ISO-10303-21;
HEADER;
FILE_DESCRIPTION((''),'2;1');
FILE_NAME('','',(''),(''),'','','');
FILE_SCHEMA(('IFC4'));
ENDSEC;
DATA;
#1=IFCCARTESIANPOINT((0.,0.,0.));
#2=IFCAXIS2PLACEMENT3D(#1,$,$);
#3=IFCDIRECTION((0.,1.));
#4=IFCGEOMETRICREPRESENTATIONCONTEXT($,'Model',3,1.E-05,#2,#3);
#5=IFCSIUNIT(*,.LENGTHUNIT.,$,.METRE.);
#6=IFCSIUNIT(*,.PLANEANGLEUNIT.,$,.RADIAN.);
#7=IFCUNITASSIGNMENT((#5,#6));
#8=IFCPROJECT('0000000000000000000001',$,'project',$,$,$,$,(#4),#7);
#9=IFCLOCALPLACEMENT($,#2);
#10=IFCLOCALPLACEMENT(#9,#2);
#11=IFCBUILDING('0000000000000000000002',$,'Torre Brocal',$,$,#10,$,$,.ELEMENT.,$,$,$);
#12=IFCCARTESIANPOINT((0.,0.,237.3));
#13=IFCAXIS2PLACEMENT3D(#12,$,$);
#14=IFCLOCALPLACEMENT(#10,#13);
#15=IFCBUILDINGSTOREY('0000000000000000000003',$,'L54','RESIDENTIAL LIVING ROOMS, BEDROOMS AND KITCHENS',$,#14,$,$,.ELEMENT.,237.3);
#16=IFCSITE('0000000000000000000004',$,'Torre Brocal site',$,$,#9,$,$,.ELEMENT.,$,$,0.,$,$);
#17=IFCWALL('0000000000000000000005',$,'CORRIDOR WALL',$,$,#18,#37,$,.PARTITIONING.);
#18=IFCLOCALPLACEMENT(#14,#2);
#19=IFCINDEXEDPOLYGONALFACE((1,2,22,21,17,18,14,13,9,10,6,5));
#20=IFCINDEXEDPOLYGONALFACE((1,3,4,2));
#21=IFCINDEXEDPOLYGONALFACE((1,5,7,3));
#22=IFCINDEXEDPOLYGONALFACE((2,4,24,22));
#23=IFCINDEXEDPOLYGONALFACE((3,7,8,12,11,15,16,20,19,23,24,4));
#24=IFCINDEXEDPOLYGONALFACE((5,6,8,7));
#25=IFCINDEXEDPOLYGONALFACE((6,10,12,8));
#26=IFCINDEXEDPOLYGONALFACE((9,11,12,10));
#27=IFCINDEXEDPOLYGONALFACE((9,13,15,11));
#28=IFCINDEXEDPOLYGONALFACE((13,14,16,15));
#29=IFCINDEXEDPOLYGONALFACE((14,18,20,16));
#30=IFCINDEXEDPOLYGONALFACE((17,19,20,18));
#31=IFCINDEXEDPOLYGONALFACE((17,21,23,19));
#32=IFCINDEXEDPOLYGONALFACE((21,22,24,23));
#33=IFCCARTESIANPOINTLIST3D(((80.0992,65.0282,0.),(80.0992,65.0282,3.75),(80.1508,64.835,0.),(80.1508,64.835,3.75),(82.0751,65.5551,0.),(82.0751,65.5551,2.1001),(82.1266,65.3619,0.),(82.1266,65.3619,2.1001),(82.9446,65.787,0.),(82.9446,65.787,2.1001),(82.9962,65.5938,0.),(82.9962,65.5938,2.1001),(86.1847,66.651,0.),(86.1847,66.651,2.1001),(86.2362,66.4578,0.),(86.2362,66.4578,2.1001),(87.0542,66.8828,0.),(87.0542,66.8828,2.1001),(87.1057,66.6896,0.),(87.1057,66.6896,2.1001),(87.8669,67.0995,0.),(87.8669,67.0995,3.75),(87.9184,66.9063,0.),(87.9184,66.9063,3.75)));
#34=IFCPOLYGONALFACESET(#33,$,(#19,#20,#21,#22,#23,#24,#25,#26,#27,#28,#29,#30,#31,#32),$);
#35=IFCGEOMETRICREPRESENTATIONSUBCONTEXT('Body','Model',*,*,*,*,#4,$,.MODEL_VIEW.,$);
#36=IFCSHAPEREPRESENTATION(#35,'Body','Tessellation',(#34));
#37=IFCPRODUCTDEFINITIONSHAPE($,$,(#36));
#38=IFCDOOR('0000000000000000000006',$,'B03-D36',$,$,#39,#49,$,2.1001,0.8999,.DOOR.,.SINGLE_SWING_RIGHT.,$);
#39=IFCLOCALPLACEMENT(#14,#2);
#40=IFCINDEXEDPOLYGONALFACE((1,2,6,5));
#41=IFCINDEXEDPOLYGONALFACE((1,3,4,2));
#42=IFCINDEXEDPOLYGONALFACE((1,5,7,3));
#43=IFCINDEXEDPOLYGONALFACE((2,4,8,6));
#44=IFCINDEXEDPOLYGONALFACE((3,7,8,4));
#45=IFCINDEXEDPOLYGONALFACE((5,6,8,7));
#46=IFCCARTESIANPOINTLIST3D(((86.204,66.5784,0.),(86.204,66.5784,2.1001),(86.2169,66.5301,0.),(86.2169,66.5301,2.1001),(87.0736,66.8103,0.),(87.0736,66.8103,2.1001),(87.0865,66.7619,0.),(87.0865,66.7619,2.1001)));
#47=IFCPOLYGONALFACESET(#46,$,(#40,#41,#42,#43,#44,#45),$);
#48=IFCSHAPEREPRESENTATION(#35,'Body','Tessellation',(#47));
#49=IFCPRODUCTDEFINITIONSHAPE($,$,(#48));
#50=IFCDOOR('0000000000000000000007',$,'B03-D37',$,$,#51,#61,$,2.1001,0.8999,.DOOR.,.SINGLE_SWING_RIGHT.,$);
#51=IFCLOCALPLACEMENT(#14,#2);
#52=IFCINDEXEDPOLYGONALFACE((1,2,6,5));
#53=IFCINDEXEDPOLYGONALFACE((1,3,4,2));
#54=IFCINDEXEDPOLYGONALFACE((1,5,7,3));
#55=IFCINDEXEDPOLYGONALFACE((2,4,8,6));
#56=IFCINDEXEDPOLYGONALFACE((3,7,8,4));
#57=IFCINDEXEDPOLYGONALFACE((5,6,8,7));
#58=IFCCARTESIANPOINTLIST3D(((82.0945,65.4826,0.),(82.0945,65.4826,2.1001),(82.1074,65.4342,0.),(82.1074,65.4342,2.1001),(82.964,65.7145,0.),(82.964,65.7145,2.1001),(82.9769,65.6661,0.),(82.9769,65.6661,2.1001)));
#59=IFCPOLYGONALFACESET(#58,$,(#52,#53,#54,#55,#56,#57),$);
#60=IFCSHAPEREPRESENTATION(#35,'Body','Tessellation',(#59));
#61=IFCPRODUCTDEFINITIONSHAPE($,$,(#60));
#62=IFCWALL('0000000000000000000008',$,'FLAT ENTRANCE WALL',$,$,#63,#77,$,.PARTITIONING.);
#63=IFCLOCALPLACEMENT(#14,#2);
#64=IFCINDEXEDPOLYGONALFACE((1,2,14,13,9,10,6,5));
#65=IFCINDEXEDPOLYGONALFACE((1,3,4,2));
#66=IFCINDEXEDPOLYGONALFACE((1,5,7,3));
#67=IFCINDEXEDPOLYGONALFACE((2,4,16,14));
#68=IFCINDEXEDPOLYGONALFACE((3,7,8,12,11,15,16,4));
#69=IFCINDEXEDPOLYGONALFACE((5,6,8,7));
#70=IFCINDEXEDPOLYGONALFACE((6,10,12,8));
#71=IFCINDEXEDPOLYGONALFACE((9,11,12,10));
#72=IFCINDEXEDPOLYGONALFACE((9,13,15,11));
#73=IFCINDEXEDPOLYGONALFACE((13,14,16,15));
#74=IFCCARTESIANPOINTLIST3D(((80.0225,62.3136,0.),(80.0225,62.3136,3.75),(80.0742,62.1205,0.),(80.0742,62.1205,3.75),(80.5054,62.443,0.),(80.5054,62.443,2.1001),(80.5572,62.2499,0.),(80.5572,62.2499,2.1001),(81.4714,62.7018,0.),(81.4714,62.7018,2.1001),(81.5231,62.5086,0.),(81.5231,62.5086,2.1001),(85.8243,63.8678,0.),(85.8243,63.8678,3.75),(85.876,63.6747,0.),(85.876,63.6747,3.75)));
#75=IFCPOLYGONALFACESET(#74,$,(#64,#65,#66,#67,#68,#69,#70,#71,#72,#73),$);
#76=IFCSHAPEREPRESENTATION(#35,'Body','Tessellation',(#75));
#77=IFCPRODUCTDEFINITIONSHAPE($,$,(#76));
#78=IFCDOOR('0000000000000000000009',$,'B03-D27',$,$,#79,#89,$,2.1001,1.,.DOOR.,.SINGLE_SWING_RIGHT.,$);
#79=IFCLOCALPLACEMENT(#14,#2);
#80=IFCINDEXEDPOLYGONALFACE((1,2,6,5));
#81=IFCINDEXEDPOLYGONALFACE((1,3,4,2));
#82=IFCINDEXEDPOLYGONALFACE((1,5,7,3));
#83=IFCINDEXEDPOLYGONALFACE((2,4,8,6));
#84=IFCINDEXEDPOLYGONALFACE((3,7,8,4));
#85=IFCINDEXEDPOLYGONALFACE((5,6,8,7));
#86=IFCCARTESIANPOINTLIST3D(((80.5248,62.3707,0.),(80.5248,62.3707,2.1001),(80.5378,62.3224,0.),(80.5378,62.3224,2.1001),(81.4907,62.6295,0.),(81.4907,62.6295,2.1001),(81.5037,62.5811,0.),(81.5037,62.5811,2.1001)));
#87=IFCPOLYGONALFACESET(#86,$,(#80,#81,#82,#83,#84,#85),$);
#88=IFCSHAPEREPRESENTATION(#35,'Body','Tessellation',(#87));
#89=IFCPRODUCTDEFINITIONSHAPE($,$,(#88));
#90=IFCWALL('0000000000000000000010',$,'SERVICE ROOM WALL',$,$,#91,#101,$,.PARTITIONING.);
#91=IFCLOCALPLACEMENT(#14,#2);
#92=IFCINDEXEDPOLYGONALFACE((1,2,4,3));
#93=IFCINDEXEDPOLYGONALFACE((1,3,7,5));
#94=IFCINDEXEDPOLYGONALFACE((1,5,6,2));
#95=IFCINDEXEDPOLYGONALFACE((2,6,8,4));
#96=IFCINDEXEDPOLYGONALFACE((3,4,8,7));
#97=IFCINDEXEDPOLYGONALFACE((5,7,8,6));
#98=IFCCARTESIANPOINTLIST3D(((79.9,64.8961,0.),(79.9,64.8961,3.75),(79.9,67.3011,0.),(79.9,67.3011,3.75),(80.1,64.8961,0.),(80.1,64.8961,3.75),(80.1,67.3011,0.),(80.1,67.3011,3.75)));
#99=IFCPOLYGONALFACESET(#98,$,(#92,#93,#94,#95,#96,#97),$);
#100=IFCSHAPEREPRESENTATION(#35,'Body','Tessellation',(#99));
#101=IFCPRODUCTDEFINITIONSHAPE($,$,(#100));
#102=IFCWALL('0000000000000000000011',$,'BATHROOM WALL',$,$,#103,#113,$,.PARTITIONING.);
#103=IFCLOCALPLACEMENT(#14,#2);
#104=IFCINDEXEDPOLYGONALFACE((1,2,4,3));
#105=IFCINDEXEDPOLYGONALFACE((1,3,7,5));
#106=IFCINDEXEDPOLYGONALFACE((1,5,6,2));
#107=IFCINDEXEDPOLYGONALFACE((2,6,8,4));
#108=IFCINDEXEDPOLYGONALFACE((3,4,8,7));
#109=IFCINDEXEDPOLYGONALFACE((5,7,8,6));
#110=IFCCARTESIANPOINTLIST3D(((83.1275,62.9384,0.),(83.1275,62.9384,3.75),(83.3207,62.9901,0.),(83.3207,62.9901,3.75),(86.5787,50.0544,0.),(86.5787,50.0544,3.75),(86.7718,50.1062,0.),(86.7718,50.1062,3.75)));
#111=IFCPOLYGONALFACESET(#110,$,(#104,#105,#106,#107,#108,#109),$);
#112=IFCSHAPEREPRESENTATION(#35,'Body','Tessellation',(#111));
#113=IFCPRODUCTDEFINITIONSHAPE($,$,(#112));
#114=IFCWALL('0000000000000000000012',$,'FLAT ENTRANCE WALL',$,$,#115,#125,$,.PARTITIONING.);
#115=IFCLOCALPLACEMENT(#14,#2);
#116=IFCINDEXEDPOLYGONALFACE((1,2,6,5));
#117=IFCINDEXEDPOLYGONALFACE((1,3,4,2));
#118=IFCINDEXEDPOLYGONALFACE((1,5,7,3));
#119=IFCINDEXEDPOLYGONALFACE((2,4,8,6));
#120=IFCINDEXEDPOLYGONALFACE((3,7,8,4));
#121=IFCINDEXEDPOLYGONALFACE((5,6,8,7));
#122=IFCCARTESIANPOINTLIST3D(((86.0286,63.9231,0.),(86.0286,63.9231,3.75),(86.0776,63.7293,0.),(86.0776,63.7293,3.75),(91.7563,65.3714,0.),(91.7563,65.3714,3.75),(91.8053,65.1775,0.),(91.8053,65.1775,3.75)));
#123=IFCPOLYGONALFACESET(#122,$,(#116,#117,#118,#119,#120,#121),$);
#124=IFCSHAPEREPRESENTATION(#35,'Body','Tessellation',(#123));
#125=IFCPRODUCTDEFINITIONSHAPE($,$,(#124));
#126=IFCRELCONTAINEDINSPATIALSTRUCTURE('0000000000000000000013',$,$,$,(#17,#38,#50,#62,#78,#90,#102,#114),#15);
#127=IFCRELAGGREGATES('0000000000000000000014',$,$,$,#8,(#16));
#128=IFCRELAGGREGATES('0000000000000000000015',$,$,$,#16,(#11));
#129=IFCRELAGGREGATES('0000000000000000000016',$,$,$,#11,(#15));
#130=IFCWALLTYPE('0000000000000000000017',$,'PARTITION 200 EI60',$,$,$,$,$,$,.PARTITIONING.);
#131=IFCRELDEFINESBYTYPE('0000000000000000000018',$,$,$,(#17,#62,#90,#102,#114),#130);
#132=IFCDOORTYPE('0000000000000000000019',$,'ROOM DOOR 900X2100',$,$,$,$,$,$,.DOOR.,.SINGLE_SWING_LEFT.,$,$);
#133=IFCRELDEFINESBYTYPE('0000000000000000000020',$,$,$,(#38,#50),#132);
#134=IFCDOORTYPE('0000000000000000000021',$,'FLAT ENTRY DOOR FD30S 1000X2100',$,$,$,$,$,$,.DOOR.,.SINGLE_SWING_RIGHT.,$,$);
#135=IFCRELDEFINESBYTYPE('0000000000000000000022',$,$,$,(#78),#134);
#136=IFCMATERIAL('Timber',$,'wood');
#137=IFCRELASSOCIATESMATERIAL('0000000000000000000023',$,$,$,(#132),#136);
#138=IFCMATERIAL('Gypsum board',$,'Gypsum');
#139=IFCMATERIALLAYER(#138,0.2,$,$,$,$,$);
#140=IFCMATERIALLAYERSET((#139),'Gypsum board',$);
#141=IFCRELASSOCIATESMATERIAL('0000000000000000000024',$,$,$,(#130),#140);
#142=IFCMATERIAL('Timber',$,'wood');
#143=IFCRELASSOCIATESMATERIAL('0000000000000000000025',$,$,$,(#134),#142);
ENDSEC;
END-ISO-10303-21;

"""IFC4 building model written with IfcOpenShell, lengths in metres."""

from ifc_helpers import new_model, si_unit, direction, frame, frame_2d, origin, place, context, subcontext, project, spatial, rectangle, extrude, material, layer, layer_set, type_object, element, fill, save


model = new_model("IFC4")

# Units and contexts
model_context = context("Model", 3, precision=1e-05, world=origin(), true_north=direction((0.0, 1.0)))
body_context = subcontext(model_context, "Body", "Model", "MODEL_VIEW")
ifc_project = project(units=[si_unit("LENGTHUNIT", "METRE"), si_unit("PLANEANGLEUNIT", "RADIAN")], contexts=[model_context])

# Site, building, storey
site_placement = place(None, origin())
site = spatial("IfcSite", under=ifc_project, at=site_placement, Name="Torre Brocal site", CompositionType="ELEMENT", RefElevation=0.0)
building_placement = place(site_placement, origin())
building = spatial("IfcBuilding", under=site, at=building_placement, Name="Torre Brocal", CompositionType="ELEMENT")
storey_placement = place(building_placement, frame((0.0, 0.0, 237.3)))
storey = spatial("IfcBuildingStorey", under=building, at=storey_placement, Name="L54", Description="RESIDENTIAL LIVING ROOMS, BEDROOMS AND KITCHENS", CompositionType="ELEMENT", Elevation=237.3)

# Shared definitions
ifc_material_1 = material(Name="Timber", Category="wood")
door_type_1 = type_object("IfcDoorType", Name="ROOM DOOR 900X2100", OperationType="SINGLE_SWING_LEFT", PredefinedType="DOOR", material=ifc_material_1)

# Wall, openings, doors
ifc_material_2 = material(Name="Gypsum board", Category="Gypsum")
ifc_layer_1 = layer(ifc_material_2, 0.2)
ifc_layer_set_1 = layer_set([ifc_layer_1], Name="Gypsum board")
wall_type_1 = type_object("IfcWallType", Name="PARTITION 200 EI60", PredefinedType="PARTITIONING", material=ifc_layer_set_1)
wall_1_placement = place(storey_placement, frame((80.125, 64.9316, 0.0), z_axis=(0.0, 0.0, 1.0), x_axis=(0.966237, 0.257655, 0.0)))
wall_1 = element("IfcWall", 1, at=wall_1_placement, inside=storey, type_object=wall_type_1, Name="CORRIDOR WALL", PredefinedType="PARTITIONING", context=body_context, shape_type="SweptSolid", body=[
    extrude(rectangle(XDim=8.0391, YDim=0.2, at=frame_2d((4.0195, 0.0))), origin(), (0.0, 0.0, 1.0), 3.75),
])
opening_1_placement = place(wall_1_placement, frame((6.2981, 0.0, 0.0)))
opening_1 = element("IfcOpeningElement", 2, at=opening_1_placement, cuts=wall_1, PredefinedType="OPENING", context=body_context, shape_type="SweptSolid", body=[
    extrude(rectangle(XDim=0.8999, YDim=2.1001, at=frame_2d((0.45, 1.05))), frame((0.0, 0.1099, 0.0), z_axis=(0.0, -1.0, 0.0), x_axis=(1.0, 0.0, 0.0)), (0.0, 0.0, 1.0), 0.22),
])
opening_2_placement = place(wall_1_placement, frame((2.0449, 0.0, 0.0)))
opening_2 = element("IfcOpeningElement", 3, at=opening_2_placement, cuts=wall_1, PredefinedType="OPENING", context=body_context, shape_type="SweptSolid", body=[
    extrude(rectangle(XDim=0.8999, YDim=2.1001, at=frame_2d((0.45, 1.05))), frame((0.0, 0.1099, 0.0), z_axis=(0.0, -1.0, 0.0), x_axis=(1.0, 0.0, 0.0)), (0.0, 0.0, 1.0), 0.22),
])
door_1_placement = place(opening_1_placement, origin())
door_1 = element("IfcDoor", 4, at=door_1_placement, inside=storey, type_object=door_type_1, Name="B03-D36", OperationType="SINGLE_SWING_RIGHT", OverallHeight=2.1001, OverallWidth=0.8999, PredefinedType="DOOR", context=body_context, shape_type="SweptSolid", body=[
    extrude(rectangle(XDim=0.8999, YDim=2.1001, at=frame_2d((0.45, 1.05))), frame((0.0, 0.0249, 0.0), z_axis=(0.0, -1.0, 0.0), x_axis=(1.0, 0.0, 0.0)), (0.0, 0.0, 1.0), 0.05),
])
fill(opening_1, door_1)
door_2_placement = place(opening_2_placement, origin())
door_2 = element("IfcDoor", 5, at=door_2_placement, inside=storey, type_object=door_type_1, Name="B03-D37", OperationType="SINGLE_SWING_RIGHT", OverallHeight=2.1001, OverallWidth=0.8999, PredefinedType="DOOR", context=body_context, shape_type="SweptSolid", body=[
    extrude(rectangle(XDim=0.8999, YDim=2.1001, at=frame_2d((0.45, 1.05))), frame((0.0, 0.0249, 0.0), z_axis=(0.0, -1.0, 0.0), x_axis=(1.0, 0.0, 0.0)), (0.0, 0.0, 1.0), 0.05),
])
fill(opening_2, door_2)

# Wall, opening, door
wall_2_placement = place(storey_placement, frame((80.0483, 62.217, 0.0), z_axis=(0.0, 0.0, 1.0), x_axis=(0.965942, 0.25876, 0.0)))
wall_2 = element("IfcWall", 6, at=wall_2_placement, inside=storey, type_object=wall_type_1, Name="FLAT ENTRANCE WALL", PredefinedType="PARTITIONING", context=body_context, shape_type="SweptSolid", body=[
    extrude(rectangle(XDim=6.0063, YDim=0.2, at=frame_2d((3.0032, 0.0))), origin(), (0.0, 0.0, 1.0), 3.75),
])
opening_3_placement = place(wall_2_placement, frame((0.5, 0.0, 0.0)))
opening_3 = element("IfcOpeningElement", 7, at=opening_3_placement, cuts=wall_2, PredefinedType="OPENING", context=body_context, shape_type="SweptSolid", body=[
    extrude(rectangle(XDim=1.0, YDim=2.1001, at=frame_2d((0.5, 1.05))), frame((0.0, 0.1099, 0.0), z_axis=(0.0, -1.0, 0.0), x_axis=(1.0, 0.0, 0.0)), (0.0, 0.0, 1.0), 0.22),
])
ifc_material_3 = material(Name="Timber", Category="wood")
door_type_2 = type_object("IfcDoorType", Name="FLAT ENTRY DOOR FD30S 1000X2100", OperationType="SINGLE_SWING_RIGHT", PredefinedType="DOOR", material=ifc_material_3)
door_3_placement = place(opening_3_placement, frame((1.0, 0.0, 0.0), z_axis=(0.0, 0.0, 1.0), x_axis=(-1.0, 0.0, 0.0)))
door_3 = element("IfcDoor", 8, at=door_3_placement, inside=storey, type_object=door_type_2, Name="B03-D27", OperationType="SINGLE_SWING_RIGHT", OverallHeight=2.1001, OverallWidth=1.0, PredefinedType="DOOR", context=body_context, shape_type="SweptSolid", body=[
    extrude(rectangle(XDim=1.0, YDim=2.1001, at=frame_2d((0.5, 1.05))), frame((0.0, 0.0249, 0.0), z_axis=(0.0, -1.0, 0.0), x_axis=(1.0, 0.0, 0.0)), (0.0, 0.0, 1.0), 0.05),
])
fill(opening_3, door_3)

# Walls
wall_3_placement = place(storey_placement, frame((80.0, 64.896, 0.0), z_axis=(0.0, 0.0, 1.0), x_axis=(0.0, 1.0, 0.0)))
element("IfcWall", 9, at=wall_3_placement, inside=storey, type_object=wall_type_1, Name="SERVICE ROOM WALL", PredefinedType="PARTITIONING", context=body_context, shape_type="SweptSolid", body=[
    extrude(rectangle(XDim=2.405, YDim=0.2, at=frame_2d((1.2026, 0.0))), origin(), (0.0, 0.0, 1.0), 3.75),
])
wall_4_placement = place(storey_placement, frame((83.2241, 62.9641, 0.0), z_axis=(0.0, 0.0, 1.0), x_axis=(0.258742, -0.965946, 0.0)))
element("IfcWall", 10, at=wall_4_placement, inside=storey, type_object=wall_type_1, Name="BATHROOM WALL", PredefinedType="PARTITIONING", context=body_context, shape_type="SweptSolid", body=[
    extrude(rectangle(XDim=13.3381, YDim=0.2, at=frame_2d((6.6689, 0.0))), origin(), (0.0, 0.0, 1.0), 3.75),
])
wall_5_placement = place(storey_placement, frame((86.053, 63.8262, 0.0), z_axis=(0.0, 0.0, 1.0), x_axis=(0.96949, 0.245131, 0.0)))
element("IfcWall", 11, at=wall_5_placement, inside=storey, type_object=wall_type_1, Name="FLAT ENTRANCE WALL", PredefinedType="PARTITIONING", context=body_context, shape_type="SweptSolid", body=[
    extrude(rectangle(XDim=5.908, YDim=0.2, at=frame_2d((2.9541, 0.0))), origin(), (0.0, 0.0, 1.0), 3.75),
])

save(model, "model.ifc")
